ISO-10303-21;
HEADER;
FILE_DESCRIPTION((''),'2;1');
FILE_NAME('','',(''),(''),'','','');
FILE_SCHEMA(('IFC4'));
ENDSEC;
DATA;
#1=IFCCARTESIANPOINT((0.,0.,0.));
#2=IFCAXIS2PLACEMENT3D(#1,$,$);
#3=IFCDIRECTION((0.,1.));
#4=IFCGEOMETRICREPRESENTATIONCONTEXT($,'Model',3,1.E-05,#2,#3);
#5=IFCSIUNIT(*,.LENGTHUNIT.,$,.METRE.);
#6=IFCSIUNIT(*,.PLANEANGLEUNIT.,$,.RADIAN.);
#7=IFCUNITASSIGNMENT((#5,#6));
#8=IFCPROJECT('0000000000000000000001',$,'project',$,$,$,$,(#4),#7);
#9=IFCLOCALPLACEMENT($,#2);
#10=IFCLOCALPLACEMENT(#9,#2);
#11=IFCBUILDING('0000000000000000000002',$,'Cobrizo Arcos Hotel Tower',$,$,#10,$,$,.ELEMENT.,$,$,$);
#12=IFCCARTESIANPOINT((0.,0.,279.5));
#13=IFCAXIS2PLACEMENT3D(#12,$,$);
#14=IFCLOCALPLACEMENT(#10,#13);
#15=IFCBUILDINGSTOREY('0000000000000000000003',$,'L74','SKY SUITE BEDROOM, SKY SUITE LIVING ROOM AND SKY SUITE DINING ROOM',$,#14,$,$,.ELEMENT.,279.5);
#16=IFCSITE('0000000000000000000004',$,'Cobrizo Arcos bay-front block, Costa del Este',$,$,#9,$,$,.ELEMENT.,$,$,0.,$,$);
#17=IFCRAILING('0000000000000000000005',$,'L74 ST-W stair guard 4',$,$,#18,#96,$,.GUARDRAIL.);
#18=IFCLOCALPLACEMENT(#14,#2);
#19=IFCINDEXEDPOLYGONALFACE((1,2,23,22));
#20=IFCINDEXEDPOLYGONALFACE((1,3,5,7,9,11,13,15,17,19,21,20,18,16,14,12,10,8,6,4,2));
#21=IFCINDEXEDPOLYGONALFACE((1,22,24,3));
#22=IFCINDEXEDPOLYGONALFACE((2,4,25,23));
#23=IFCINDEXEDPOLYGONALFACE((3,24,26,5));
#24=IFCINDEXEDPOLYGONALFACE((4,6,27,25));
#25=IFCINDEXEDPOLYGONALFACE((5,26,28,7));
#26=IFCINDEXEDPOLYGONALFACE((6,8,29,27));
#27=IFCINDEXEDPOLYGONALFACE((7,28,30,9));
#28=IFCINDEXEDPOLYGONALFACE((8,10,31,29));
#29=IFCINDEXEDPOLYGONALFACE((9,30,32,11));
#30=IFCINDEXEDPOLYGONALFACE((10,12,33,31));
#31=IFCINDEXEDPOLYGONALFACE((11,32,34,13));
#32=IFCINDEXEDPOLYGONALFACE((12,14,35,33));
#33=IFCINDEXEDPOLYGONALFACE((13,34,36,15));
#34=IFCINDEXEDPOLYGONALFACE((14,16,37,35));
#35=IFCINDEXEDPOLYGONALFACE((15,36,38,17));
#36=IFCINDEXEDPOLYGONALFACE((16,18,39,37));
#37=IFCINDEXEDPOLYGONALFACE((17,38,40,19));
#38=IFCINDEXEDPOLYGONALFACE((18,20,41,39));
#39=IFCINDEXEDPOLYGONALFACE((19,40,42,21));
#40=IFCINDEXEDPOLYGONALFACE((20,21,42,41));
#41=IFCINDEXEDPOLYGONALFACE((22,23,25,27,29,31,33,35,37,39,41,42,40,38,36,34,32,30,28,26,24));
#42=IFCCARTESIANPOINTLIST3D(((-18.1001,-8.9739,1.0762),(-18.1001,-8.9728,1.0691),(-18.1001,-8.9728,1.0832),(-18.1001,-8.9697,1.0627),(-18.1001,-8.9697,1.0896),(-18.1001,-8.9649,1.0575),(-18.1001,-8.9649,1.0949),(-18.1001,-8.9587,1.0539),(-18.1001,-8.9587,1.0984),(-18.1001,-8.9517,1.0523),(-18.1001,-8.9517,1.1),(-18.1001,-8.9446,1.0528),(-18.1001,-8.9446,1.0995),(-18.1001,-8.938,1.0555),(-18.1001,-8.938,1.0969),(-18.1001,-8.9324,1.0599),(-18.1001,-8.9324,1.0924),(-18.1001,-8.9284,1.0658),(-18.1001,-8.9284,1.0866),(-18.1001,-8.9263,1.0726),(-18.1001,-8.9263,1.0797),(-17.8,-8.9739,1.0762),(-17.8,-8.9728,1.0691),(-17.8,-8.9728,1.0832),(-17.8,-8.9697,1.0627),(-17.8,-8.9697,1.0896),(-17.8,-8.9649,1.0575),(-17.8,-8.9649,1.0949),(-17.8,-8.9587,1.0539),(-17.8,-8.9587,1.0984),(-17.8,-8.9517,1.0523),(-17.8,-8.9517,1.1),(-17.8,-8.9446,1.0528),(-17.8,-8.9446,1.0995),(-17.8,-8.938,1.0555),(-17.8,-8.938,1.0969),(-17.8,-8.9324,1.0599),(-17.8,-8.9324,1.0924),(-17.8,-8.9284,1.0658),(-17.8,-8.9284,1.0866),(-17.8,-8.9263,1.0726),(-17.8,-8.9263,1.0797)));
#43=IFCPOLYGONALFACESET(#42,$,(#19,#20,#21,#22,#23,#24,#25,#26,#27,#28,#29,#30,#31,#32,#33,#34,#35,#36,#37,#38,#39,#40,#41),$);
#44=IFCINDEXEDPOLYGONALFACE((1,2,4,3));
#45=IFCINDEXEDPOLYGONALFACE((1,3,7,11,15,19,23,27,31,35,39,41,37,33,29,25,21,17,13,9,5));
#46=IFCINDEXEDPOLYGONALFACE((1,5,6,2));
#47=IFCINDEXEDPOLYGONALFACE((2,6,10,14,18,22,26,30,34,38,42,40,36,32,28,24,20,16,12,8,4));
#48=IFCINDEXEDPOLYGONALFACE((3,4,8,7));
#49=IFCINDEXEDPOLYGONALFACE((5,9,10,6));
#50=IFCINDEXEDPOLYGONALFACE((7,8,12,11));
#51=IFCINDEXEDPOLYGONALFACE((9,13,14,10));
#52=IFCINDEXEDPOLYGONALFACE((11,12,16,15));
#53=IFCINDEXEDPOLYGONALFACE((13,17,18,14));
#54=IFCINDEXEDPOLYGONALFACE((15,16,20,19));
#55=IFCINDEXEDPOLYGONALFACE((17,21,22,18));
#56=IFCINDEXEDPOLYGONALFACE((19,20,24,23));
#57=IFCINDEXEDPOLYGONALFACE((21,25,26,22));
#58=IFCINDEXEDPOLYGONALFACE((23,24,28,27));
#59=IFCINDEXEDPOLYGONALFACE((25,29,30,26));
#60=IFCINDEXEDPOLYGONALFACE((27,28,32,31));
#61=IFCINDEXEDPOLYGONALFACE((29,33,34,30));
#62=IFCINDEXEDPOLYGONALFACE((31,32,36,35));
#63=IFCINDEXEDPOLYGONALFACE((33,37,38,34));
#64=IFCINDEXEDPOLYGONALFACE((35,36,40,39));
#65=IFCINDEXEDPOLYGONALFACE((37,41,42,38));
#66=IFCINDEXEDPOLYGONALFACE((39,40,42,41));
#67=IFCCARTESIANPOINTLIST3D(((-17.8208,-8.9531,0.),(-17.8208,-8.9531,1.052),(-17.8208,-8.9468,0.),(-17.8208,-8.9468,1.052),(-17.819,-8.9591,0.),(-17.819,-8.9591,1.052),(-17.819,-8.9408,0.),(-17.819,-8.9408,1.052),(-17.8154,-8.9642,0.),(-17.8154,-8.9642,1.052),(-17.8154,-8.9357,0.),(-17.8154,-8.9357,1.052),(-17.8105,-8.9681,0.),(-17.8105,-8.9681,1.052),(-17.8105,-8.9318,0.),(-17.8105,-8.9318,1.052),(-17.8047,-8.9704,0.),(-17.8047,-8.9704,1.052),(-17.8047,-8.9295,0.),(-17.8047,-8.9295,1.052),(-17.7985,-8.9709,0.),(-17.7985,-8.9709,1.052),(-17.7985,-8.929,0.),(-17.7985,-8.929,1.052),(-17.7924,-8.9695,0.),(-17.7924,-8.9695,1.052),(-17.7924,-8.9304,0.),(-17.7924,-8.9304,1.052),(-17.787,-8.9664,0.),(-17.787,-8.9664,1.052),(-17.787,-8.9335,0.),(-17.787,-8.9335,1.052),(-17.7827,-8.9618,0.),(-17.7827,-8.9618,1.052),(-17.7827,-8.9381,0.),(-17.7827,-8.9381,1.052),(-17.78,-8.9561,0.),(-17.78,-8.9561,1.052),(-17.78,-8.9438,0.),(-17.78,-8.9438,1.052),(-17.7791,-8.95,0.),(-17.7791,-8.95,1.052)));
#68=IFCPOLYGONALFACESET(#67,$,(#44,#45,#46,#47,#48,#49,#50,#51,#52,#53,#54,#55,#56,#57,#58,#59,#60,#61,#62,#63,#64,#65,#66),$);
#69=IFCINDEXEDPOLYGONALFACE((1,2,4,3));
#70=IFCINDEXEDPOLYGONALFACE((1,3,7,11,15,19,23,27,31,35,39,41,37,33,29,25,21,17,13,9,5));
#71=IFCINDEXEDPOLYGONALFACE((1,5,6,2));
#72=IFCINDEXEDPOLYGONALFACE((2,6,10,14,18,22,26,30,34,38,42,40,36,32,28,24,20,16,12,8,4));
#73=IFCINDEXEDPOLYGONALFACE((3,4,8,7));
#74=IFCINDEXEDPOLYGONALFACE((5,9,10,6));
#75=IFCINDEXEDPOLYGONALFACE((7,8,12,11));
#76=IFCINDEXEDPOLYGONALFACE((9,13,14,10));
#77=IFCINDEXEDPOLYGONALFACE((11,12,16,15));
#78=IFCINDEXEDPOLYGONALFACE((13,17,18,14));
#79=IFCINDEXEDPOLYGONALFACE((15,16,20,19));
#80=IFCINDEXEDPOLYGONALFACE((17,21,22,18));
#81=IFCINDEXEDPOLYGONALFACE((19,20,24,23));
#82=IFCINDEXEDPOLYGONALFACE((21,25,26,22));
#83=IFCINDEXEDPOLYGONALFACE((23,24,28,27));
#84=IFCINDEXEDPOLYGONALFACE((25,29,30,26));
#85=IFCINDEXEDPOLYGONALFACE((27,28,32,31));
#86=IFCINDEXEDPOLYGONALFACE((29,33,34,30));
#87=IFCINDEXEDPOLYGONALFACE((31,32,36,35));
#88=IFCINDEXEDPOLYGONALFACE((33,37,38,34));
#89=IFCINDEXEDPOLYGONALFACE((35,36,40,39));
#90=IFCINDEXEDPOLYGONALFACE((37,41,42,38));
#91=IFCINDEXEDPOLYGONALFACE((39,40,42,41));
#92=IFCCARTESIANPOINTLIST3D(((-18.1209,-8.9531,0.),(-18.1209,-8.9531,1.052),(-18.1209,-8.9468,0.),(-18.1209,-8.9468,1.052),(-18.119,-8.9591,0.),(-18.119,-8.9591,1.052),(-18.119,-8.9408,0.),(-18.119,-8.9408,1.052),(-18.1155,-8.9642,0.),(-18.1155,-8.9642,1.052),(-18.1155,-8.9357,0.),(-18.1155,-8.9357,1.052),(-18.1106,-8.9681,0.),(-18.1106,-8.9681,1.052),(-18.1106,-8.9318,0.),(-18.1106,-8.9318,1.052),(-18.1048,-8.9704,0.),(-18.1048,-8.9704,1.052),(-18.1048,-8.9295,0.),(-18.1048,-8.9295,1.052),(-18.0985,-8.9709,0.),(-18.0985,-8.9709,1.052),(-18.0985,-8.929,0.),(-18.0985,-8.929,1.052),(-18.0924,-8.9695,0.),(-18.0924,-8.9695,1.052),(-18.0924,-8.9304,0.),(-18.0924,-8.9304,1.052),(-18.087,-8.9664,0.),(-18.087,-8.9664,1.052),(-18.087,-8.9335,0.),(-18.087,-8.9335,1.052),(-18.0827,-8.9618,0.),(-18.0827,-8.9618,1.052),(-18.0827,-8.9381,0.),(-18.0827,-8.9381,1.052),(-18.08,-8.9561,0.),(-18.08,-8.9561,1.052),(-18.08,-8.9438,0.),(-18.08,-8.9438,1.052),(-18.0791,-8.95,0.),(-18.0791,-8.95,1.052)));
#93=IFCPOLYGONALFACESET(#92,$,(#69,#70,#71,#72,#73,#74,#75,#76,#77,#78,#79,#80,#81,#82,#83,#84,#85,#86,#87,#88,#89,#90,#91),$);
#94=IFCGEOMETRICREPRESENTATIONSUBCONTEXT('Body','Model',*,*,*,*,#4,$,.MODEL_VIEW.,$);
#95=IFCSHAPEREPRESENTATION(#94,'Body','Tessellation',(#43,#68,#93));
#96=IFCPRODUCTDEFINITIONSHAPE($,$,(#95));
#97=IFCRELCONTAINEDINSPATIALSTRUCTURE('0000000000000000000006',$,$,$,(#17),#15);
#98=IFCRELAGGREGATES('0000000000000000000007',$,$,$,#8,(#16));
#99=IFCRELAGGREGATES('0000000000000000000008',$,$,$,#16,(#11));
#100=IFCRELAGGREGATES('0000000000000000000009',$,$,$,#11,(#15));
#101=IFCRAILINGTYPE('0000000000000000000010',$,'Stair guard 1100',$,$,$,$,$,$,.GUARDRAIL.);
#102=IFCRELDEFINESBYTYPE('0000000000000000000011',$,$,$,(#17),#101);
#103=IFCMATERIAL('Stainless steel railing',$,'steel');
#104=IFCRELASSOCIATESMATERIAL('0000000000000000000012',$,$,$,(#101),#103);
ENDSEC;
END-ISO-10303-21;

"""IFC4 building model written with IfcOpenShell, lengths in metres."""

from ifc_helpers import new_model, si_unit, direction, frame, origin, origin_2d, place, context, subcontext, project, spatial, circle, extrude, material, type_object, element, save


model = new_model("IFC4")

# Units and contexts
model_context = context("Model", 3, precision=1e-05, world=origin(), true_north=direction((0.0, 1.0)))
body_context = subcontext(model_context, "Body", "Model", "MODEL_VIEW")
ifc_project = project(units=[si_unit("LENGTHUNIT", "METRE"), si_unit("PLANEANGLEUNIT", "RADIAN")], contexts=[model_context])

# Site, building, storey
site_placement = place(None, origin())
site = spatial("IfcSite", under=ifc_project, at=site_placement, Name="Cobrizo Arcos bay-front block, Costa del Este", CompositionType="ELEMENT", RefElevation=0.0)
building_placement = place(site_placement, origin())
building = spatial("IfcBuilding", under=site, at=building_placement, Name="Cobrizo Arcos Hotel Tower", CompositionType="ELEMENT")
storey_placement = place(building_placement, frame((0.0, 0.0, 279.5)))
storey = spatial("IfcBuildingStorey", under=building, at=storey_placement, Name="L74", Description="SKY SUITE BEDROOM, SKY SUITE LIVING ROOM AND SKY SUITE DINING ROOM", CompositionType="ELEMENT", Elevation=279.5)

# Railing
ifc_material_1 = material(Name="Stainless steel railing", Category="steel")
railing_type = type_object("IfcRailingType", Name="Stair guard 1100", PredefinedType="GUARDRAIL", material=ifc_material_1)
railing_1_placement = place(storey_placement, frame((-17.8, -8.95, 0.0)))
element("IfcRailing", 1, at=railing_1_placement, inside=storey, type_object=railing_type, Name="L74 ST-W stair guard 4", PredefinedType="GUARDRAIL", context=body_context, shape_type="SweptSolid", body=[
    extrude(circle(Radius=0.0239, at=origin_2d()), frame((0.0, 0.0, 1.0762), z_axis=(-1.0, 0.0, 0.0), x_axis=(0.0, -1.0, 0.0)), (0.0, 0.0, 1.0), 0.3),
    extrude(circle(Radius=0.021, at=origin_2d()), origin(), (0.0, 0.0, 1.0), 1.052),
    extrude(circle(Radius=0.021, at=origin_2d()), frame((-0.3, 0.0, 0.0)), (0.0, 0.0, 1.0), 1.052),
])

save(model, "model.ifc")
